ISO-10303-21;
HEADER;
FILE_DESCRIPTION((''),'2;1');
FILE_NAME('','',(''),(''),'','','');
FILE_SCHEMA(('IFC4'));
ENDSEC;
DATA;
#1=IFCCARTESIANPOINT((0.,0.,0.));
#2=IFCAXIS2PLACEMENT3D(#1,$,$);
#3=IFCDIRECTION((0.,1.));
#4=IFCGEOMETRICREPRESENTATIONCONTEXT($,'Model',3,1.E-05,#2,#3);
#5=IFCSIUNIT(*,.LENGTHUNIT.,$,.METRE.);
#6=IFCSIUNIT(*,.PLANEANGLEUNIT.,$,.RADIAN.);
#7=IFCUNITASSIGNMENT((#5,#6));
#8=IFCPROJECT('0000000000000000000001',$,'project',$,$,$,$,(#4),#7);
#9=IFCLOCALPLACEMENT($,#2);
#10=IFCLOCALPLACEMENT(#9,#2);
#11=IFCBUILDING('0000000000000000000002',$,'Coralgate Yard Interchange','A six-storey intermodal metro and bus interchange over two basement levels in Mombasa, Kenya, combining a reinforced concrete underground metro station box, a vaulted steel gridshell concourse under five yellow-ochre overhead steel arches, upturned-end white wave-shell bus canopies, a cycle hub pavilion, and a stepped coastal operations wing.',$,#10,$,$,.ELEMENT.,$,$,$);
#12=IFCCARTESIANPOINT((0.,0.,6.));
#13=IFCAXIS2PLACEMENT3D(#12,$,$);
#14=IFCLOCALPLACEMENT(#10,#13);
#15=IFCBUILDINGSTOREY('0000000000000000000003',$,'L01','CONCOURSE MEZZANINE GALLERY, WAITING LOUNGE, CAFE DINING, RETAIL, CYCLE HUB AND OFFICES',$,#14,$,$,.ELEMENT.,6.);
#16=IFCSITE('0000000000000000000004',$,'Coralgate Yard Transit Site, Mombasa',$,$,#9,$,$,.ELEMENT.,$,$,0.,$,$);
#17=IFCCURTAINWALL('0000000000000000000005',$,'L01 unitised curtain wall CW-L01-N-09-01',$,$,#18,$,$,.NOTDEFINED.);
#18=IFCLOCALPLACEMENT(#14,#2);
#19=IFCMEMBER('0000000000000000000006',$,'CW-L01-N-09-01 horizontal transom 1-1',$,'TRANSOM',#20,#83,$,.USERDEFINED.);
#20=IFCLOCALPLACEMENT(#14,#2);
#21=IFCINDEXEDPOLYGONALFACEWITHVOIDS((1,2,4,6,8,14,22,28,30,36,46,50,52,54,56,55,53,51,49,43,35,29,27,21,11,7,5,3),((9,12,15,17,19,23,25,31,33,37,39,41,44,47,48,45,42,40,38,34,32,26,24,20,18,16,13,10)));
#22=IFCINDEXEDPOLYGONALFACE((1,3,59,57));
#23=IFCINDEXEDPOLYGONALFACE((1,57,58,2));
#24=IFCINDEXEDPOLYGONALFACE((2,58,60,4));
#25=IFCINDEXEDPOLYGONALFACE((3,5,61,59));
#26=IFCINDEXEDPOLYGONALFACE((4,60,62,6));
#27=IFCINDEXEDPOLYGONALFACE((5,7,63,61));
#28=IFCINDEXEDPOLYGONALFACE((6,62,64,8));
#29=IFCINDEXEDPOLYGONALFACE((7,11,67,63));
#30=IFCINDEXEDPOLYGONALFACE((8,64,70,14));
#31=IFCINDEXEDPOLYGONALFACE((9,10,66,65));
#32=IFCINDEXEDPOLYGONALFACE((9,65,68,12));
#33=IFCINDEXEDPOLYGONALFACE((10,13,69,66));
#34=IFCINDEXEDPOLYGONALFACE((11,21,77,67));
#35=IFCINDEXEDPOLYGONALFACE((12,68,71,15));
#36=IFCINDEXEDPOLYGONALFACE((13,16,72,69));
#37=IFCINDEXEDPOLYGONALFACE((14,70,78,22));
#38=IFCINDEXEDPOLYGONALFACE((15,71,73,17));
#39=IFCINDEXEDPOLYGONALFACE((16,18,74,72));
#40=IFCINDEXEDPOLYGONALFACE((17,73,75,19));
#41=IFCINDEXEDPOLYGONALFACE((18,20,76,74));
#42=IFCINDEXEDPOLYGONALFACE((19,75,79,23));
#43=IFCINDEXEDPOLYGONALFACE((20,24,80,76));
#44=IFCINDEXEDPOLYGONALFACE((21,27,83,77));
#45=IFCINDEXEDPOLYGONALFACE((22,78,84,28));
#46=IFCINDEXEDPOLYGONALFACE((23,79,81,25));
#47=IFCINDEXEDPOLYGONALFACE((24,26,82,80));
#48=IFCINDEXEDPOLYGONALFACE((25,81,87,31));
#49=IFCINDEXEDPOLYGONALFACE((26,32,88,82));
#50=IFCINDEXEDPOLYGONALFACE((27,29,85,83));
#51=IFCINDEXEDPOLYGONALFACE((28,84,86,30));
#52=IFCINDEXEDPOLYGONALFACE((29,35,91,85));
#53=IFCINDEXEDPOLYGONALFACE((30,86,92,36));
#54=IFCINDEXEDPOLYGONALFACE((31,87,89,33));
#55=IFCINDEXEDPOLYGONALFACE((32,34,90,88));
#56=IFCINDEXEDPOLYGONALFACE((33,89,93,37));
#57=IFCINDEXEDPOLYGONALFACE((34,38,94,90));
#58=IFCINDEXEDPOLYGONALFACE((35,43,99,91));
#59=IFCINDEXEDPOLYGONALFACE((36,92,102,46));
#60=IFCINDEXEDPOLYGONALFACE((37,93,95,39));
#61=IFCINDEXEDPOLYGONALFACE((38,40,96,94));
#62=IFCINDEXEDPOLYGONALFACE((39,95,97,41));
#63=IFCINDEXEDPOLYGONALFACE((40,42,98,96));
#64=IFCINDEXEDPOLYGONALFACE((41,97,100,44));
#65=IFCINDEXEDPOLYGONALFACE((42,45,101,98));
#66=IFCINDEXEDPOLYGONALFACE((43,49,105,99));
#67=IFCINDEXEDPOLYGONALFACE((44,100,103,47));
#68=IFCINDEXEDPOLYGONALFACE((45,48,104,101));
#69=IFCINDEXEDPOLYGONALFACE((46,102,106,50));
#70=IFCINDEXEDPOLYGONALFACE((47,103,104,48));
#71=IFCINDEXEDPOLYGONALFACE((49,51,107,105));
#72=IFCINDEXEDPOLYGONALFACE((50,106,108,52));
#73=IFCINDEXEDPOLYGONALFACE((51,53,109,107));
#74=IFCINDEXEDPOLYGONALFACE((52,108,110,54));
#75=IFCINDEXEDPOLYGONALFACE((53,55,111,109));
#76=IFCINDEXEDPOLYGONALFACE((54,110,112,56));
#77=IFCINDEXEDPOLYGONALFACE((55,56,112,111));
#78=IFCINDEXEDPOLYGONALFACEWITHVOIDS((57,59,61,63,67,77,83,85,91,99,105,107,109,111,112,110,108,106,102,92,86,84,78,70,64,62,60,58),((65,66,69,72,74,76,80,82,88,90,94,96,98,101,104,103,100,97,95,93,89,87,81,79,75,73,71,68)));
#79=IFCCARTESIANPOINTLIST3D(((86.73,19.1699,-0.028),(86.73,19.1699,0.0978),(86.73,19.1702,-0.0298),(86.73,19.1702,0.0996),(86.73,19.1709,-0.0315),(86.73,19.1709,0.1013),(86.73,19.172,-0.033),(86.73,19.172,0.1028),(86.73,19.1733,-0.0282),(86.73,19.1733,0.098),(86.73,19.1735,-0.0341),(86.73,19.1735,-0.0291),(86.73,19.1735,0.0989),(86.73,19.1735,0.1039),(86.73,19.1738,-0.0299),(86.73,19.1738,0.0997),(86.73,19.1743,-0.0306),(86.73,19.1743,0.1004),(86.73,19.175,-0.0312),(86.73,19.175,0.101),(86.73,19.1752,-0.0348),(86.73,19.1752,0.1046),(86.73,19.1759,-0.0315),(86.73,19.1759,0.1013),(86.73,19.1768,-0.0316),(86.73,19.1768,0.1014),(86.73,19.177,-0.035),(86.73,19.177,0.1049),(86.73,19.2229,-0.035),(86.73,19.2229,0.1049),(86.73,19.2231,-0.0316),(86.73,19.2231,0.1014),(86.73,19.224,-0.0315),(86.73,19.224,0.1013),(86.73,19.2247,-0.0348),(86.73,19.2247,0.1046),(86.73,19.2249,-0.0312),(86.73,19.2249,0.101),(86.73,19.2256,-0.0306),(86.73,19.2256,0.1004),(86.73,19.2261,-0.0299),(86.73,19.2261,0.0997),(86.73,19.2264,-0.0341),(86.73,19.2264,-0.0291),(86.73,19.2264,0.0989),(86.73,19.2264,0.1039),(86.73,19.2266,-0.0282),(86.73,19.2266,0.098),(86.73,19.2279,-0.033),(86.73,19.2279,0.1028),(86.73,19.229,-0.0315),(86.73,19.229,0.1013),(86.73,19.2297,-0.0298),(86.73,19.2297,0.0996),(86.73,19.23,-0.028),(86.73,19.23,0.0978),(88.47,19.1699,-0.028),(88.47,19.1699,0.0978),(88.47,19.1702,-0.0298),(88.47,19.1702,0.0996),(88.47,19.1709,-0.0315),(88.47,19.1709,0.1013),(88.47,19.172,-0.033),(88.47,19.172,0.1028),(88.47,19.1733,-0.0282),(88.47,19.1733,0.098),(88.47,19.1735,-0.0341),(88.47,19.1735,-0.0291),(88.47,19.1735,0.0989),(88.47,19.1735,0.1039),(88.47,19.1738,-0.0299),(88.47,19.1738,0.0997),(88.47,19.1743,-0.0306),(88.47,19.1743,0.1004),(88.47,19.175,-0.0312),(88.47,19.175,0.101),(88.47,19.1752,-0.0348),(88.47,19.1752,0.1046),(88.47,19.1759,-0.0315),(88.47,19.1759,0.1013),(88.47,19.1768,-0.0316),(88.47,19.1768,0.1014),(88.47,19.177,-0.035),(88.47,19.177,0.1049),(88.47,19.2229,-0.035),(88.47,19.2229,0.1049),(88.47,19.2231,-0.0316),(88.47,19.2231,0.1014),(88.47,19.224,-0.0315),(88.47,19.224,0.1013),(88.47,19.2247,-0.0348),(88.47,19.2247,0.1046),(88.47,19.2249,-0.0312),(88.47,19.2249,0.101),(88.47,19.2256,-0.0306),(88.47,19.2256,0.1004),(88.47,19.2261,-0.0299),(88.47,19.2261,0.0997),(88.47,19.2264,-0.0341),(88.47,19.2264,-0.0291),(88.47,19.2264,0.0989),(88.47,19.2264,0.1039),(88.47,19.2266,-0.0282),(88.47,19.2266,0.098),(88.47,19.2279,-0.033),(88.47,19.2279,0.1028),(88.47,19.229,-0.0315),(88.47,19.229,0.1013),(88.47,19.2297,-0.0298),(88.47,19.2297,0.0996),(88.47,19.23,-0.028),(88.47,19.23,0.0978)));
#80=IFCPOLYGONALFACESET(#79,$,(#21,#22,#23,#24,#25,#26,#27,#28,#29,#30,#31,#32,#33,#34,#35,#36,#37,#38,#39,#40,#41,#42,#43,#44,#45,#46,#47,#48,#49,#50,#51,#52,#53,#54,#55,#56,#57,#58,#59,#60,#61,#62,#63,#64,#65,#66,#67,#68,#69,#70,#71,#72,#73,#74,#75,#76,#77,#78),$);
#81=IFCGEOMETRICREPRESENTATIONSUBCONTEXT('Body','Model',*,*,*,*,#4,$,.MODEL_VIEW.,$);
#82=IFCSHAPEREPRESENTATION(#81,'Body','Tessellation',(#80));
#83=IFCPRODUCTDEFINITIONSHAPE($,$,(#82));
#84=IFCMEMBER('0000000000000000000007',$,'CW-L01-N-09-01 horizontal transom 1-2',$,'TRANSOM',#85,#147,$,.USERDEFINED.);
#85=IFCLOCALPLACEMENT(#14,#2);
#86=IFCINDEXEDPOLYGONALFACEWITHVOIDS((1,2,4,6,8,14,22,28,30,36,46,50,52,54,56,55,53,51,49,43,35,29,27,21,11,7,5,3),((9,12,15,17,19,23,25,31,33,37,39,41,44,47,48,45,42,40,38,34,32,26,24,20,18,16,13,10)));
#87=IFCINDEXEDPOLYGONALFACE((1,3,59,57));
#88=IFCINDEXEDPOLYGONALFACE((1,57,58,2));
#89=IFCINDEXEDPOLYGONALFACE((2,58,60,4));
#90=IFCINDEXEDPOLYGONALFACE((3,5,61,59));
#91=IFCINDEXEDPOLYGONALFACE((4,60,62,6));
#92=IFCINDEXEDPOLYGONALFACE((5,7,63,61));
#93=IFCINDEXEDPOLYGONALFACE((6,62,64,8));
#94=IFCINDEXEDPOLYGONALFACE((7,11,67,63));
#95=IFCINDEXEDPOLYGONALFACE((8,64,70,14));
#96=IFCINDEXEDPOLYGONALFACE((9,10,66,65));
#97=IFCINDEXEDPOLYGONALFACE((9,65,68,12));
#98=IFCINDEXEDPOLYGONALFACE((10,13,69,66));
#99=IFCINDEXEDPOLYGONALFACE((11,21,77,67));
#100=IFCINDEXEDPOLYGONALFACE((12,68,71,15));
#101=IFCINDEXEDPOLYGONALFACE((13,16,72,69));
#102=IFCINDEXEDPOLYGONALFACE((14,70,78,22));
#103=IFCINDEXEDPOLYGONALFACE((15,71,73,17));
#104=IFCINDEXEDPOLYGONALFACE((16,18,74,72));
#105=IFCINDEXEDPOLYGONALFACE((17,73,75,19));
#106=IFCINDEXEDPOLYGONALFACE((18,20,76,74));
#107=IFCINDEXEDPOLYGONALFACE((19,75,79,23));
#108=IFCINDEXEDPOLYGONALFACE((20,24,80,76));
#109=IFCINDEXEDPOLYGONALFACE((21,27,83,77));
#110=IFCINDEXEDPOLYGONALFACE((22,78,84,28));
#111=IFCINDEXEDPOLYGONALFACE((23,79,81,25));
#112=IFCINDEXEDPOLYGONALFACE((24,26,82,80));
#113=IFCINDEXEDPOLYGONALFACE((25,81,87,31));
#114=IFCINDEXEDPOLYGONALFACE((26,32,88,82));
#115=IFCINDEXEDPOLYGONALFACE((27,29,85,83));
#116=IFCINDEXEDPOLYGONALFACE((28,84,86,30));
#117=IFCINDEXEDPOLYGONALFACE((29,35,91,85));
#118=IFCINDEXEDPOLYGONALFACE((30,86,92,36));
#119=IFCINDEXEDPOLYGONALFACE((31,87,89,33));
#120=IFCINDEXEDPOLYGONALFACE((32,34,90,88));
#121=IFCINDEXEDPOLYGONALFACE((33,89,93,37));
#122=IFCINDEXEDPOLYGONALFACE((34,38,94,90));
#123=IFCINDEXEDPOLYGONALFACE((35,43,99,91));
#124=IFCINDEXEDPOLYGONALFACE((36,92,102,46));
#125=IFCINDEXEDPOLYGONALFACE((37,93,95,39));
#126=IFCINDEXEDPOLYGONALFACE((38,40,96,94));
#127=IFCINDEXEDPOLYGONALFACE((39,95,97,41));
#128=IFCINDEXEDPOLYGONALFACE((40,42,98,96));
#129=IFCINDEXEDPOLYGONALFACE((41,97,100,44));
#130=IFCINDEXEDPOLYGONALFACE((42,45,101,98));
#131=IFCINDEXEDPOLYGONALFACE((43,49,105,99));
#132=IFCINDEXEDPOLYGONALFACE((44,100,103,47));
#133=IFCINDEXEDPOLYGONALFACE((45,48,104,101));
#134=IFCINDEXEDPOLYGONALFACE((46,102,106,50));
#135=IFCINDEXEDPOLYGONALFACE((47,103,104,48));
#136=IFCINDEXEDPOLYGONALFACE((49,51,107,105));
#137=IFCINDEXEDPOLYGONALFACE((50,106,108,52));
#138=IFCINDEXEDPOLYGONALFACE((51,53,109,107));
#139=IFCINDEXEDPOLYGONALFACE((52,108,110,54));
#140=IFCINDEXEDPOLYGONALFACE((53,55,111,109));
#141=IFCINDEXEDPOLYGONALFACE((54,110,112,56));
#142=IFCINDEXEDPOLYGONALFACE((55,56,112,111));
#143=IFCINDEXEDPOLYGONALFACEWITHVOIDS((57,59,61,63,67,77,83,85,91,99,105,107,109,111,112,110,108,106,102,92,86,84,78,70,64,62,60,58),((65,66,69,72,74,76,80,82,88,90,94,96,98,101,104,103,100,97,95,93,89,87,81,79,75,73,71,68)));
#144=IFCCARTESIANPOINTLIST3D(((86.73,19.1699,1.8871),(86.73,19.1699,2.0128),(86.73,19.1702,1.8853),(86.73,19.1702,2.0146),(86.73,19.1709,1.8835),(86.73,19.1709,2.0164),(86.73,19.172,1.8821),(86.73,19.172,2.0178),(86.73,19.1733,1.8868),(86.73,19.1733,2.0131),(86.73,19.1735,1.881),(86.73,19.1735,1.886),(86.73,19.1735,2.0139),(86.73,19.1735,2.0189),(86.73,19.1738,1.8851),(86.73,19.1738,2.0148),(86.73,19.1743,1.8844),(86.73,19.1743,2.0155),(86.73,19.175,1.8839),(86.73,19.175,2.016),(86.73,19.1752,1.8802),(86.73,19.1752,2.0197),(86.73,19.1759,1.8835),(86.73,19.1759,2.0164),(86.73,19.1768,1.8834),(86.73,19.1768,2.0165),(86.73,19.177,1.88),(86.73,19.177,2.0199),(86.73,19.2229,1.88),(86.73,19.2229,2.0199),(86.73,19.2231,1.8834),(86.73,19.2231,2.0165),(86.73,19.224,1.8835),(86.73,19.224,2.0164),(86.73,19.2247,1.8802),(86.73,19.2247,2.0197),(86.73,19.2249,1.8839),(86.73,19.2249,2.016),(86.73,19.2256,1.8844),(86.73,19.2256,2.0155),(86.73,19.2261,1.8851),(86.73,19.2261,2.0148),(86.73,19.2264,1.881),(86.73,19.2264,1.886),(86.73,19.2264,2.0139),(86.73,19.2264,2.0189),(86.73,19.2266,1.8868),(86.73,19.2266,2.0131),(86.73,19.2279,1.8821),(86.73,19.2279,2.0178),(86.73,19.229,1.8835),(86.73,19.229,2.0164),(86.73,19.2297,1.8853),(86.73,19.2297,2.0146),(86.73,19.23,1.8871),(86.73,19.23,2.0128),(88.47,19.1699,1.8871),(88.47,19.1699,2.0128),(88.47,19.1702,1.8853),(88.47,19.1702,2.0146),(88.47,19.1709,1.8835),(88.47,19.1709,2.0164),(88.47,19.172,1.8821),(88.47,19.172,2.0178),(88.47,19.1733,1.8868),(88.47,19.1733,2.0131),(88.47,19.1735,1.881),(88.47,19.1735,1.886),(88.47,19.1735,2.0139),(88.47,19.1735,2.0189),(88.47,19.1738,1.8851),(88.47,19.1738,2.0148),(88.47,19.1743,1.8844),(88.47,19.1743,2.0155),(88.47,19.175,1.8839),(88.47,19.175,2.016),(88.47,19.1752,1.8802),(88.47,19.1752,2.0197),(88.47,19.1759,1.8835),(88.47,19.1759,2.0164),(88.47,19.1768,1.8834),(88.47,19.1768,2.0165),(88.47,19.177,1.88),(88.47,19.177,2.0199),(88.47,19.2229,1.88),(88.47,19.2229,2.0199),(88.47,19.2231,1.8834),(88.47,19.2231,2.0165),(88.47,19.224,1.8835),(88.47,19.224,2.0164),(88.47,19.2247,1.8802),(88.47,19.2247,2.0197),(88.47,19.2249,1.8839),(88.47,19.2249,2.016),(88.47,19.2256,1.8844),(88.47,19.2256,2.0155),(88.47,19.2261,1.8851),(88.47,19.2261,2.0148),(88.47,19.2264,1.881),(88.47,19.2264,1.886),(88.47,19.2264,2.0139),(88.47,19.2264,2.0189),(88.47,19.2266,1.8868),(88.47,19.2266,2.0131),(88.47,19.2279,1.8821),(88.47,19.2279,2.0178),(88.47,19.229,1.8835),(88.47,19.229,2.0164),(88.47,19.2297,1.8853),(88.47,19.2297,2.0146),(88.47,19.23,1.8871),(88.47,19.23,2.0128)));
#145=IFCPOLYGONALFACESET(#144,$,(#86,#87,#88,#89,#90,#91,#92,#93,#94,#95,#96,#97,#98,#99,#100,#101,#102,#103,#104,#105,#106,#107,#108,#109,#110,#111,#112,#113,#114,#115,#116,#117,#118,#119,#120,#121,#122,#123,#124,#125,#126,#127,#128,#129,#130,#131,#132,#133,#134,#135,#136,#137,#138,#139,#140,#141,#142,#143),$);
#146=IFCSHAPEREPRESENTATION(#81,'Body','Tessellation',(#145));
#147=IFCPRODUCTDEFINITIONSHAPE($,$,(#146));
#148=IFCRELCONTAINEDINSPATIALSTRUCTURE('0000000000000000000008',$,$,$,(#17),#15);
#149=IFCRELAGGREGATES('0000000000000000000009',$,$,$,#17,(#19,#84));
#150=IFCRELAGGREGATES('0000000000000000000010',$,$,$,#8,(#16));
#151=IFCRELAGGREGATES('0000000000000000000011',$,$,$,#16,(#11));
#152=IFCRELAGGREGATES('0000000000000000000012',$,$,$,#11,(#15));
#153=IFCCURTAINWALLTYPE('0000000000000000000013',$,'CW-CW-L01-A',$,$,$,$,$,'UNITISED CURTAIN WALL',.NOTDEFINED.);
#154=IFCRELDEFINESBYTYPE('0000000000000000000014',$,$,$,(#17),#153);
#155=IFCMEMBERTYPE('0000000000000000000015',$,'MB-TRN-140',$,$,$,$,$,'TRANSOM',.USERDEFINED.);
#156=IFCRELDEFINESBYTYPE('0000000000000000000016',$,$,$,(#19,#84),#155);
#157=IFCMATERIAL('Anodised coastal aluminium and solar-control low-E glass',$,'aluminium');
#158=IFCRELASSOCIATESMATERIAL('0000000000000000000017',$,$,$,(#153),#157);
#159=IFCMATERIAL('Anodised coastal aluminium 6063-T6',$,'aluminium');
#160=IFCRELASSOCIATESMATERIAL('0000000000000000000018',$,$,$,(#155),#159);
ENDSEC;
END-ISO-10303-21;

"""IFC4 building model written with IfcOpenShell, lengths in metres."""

from ifc_helpers import new_model, si_unit, direction, frame, origin, origin_2d, place, context, subcontext, project, spatial, hollow_rectangle, extrude, material, material_profile, profile_set, type_object, element, aggregate, save


model = new_model("IFC4")

# Units and contexts
model_context = context("Model", 3, precision=1e-05, world=origin(), true_north=direction((0.0, 1.0)))
body_context = subcontext(model_context, "Body", "Model", "MODEL_VIEW")
ifc_project = project(units=[si_unit("LENGTHUNIT", "METRE"), si_unit("PLANEANGLEUNIT", "RADIAN")], contexts=[model_context])

# Site, building, storey
site_placement = place(None, origin())
site = spatial("IfcSite", under=ifc_project, at=site_placement, Name="Coralgate Yard Transit Site, Mombasa", CompositionType="ELEMENT", RefElevation=0.0)
building_placement = place(site_placement, origin())
building = spatial("IfcBuilding", under=site, at=building_placement, Name="Coralgate Yard Interchange", Description="A six-storey intermodal metro and bus interchange over two basement levels in Mombasa, Kenya, combining a reinforced concrete underground metro station box, a vaulted steel gridshell concourse under five yellow-ochre overhead steel arches, upturned-end white wave-shell bus canopies, a cycle hub pavilion, and a stepped coastal operations wing.", CompositionType="ELEMENT")
storey_placement = place(building_placement, frame((0.0, 0.0, 6.0)))
storey = spatial("IfcBuildingStorey", under=building, at=storey_placement, Name="L01", Description="CONCOURSE MEZZANINE GALLERY, WAITING LOUNGE, CAFE DINING, RETAIL, CYCLE HUB AND OFFICES", CompositionType="ELEMENT", Elevation=6.0)

# Curtain wall
ifc_material_1 = material(Name="Anodised coastal aluminium and solar-control low-E glass", Category="aluminium")
ifc_material_2 = material(Name="Anodised coastal aluminium 6063-T6", Category="aluminium")
curtain_wall_type_1 = type_object("IfcCurtainWallType", Name="CW-CW-L01-A", ElementType="UNITISED CURTAIN WALL", PredefinedType="NOTDEFINED", material=ifc_material_1)
curtain_wall_1_placement = place(storey_placement, origin())
curtain_wall_1 = element("IfcCurtainWall", 1, at=curtain_wall_1_placement, inside=storey, type_object=curtain_wall_type_1, Name="L01 unitised curtain wall CW-L01-N-09-01", PredefinedType="NOTDEFINED")

# Members
ifc_material_profile_1 = material_profile(ifc_material_2, hollow_rectangle(XDim=0.0601, YDim=0.1399, WallThickness=0.0034, InnerFilletRadius=0.0034, OuterFilletRadius=0.0071, at=origin_2d()), Name="ALU 60x140x3.5")
ifc_profile_set_1 = profile_set([ifc_material_profile_1], Name="Anodised coastal aluminium 6063-T6")
member_type_1 = type_object("IfcMemberType", Name="MB-TRN-140", ElementType="TRANSOM", PredefinedType="USERDEFINED", material=ifc_profile_set_1)
member_1_placement = place(storey_placement, frame((86.73, 19.2, 0.0349), z_axis=(1.0, 0.0, 0.0), x_axis=(0.0, 1.0, 0.0)))
member_1 = element("IfcMember", 2, at=member_1_placement, type_object=member_type_1, Name="CW-L01-N-09-01 horizontal transom 1-1", ObjectType="TRANSOM", PredefinedType="USERDEFINED", context=body_context, shape_type="SweptSolid", body=[
    extrude(hollow_rectangle(XDim=0.0601, YDim=0.1399, WallThickness=0.0034, InnerFilletRadius=0.0034, OuterFilletRadius=0.0071, at=origin_2d()), origin(), (0.0, 0.0, 1.0), 1.74),
])
member_2_placement = place(storey_placement, frame((86.73, 19.2, 1.95), z_axis=(1.0, 0.0, 0.0), x_axis=(0.0, 1.0, 0.0)))
member_2 = element("IfcMember", 3, at=member_2_placement, type_object=member_type_1, Name="CW-L01-N-09-01 horizontal transom 1-2", ObjectType="TRANSOM", PredefinedType="USERDEFINED", context=body_context, shape_type="SweptSolid", body=[
    extrude(hollow_rectangle(XDim=0.0601, YDim=0.1399, WallThickness=0.0034, InnerFilletRadius=0.0034, OuterFilletRadius=0.0071, at=origin_2d()), origin(), (0.0, 0.0, 1.0), 1.74),
])

aggregate(curtain_wall_1, [member_1, member_2])

save(model, "model.ifc")
